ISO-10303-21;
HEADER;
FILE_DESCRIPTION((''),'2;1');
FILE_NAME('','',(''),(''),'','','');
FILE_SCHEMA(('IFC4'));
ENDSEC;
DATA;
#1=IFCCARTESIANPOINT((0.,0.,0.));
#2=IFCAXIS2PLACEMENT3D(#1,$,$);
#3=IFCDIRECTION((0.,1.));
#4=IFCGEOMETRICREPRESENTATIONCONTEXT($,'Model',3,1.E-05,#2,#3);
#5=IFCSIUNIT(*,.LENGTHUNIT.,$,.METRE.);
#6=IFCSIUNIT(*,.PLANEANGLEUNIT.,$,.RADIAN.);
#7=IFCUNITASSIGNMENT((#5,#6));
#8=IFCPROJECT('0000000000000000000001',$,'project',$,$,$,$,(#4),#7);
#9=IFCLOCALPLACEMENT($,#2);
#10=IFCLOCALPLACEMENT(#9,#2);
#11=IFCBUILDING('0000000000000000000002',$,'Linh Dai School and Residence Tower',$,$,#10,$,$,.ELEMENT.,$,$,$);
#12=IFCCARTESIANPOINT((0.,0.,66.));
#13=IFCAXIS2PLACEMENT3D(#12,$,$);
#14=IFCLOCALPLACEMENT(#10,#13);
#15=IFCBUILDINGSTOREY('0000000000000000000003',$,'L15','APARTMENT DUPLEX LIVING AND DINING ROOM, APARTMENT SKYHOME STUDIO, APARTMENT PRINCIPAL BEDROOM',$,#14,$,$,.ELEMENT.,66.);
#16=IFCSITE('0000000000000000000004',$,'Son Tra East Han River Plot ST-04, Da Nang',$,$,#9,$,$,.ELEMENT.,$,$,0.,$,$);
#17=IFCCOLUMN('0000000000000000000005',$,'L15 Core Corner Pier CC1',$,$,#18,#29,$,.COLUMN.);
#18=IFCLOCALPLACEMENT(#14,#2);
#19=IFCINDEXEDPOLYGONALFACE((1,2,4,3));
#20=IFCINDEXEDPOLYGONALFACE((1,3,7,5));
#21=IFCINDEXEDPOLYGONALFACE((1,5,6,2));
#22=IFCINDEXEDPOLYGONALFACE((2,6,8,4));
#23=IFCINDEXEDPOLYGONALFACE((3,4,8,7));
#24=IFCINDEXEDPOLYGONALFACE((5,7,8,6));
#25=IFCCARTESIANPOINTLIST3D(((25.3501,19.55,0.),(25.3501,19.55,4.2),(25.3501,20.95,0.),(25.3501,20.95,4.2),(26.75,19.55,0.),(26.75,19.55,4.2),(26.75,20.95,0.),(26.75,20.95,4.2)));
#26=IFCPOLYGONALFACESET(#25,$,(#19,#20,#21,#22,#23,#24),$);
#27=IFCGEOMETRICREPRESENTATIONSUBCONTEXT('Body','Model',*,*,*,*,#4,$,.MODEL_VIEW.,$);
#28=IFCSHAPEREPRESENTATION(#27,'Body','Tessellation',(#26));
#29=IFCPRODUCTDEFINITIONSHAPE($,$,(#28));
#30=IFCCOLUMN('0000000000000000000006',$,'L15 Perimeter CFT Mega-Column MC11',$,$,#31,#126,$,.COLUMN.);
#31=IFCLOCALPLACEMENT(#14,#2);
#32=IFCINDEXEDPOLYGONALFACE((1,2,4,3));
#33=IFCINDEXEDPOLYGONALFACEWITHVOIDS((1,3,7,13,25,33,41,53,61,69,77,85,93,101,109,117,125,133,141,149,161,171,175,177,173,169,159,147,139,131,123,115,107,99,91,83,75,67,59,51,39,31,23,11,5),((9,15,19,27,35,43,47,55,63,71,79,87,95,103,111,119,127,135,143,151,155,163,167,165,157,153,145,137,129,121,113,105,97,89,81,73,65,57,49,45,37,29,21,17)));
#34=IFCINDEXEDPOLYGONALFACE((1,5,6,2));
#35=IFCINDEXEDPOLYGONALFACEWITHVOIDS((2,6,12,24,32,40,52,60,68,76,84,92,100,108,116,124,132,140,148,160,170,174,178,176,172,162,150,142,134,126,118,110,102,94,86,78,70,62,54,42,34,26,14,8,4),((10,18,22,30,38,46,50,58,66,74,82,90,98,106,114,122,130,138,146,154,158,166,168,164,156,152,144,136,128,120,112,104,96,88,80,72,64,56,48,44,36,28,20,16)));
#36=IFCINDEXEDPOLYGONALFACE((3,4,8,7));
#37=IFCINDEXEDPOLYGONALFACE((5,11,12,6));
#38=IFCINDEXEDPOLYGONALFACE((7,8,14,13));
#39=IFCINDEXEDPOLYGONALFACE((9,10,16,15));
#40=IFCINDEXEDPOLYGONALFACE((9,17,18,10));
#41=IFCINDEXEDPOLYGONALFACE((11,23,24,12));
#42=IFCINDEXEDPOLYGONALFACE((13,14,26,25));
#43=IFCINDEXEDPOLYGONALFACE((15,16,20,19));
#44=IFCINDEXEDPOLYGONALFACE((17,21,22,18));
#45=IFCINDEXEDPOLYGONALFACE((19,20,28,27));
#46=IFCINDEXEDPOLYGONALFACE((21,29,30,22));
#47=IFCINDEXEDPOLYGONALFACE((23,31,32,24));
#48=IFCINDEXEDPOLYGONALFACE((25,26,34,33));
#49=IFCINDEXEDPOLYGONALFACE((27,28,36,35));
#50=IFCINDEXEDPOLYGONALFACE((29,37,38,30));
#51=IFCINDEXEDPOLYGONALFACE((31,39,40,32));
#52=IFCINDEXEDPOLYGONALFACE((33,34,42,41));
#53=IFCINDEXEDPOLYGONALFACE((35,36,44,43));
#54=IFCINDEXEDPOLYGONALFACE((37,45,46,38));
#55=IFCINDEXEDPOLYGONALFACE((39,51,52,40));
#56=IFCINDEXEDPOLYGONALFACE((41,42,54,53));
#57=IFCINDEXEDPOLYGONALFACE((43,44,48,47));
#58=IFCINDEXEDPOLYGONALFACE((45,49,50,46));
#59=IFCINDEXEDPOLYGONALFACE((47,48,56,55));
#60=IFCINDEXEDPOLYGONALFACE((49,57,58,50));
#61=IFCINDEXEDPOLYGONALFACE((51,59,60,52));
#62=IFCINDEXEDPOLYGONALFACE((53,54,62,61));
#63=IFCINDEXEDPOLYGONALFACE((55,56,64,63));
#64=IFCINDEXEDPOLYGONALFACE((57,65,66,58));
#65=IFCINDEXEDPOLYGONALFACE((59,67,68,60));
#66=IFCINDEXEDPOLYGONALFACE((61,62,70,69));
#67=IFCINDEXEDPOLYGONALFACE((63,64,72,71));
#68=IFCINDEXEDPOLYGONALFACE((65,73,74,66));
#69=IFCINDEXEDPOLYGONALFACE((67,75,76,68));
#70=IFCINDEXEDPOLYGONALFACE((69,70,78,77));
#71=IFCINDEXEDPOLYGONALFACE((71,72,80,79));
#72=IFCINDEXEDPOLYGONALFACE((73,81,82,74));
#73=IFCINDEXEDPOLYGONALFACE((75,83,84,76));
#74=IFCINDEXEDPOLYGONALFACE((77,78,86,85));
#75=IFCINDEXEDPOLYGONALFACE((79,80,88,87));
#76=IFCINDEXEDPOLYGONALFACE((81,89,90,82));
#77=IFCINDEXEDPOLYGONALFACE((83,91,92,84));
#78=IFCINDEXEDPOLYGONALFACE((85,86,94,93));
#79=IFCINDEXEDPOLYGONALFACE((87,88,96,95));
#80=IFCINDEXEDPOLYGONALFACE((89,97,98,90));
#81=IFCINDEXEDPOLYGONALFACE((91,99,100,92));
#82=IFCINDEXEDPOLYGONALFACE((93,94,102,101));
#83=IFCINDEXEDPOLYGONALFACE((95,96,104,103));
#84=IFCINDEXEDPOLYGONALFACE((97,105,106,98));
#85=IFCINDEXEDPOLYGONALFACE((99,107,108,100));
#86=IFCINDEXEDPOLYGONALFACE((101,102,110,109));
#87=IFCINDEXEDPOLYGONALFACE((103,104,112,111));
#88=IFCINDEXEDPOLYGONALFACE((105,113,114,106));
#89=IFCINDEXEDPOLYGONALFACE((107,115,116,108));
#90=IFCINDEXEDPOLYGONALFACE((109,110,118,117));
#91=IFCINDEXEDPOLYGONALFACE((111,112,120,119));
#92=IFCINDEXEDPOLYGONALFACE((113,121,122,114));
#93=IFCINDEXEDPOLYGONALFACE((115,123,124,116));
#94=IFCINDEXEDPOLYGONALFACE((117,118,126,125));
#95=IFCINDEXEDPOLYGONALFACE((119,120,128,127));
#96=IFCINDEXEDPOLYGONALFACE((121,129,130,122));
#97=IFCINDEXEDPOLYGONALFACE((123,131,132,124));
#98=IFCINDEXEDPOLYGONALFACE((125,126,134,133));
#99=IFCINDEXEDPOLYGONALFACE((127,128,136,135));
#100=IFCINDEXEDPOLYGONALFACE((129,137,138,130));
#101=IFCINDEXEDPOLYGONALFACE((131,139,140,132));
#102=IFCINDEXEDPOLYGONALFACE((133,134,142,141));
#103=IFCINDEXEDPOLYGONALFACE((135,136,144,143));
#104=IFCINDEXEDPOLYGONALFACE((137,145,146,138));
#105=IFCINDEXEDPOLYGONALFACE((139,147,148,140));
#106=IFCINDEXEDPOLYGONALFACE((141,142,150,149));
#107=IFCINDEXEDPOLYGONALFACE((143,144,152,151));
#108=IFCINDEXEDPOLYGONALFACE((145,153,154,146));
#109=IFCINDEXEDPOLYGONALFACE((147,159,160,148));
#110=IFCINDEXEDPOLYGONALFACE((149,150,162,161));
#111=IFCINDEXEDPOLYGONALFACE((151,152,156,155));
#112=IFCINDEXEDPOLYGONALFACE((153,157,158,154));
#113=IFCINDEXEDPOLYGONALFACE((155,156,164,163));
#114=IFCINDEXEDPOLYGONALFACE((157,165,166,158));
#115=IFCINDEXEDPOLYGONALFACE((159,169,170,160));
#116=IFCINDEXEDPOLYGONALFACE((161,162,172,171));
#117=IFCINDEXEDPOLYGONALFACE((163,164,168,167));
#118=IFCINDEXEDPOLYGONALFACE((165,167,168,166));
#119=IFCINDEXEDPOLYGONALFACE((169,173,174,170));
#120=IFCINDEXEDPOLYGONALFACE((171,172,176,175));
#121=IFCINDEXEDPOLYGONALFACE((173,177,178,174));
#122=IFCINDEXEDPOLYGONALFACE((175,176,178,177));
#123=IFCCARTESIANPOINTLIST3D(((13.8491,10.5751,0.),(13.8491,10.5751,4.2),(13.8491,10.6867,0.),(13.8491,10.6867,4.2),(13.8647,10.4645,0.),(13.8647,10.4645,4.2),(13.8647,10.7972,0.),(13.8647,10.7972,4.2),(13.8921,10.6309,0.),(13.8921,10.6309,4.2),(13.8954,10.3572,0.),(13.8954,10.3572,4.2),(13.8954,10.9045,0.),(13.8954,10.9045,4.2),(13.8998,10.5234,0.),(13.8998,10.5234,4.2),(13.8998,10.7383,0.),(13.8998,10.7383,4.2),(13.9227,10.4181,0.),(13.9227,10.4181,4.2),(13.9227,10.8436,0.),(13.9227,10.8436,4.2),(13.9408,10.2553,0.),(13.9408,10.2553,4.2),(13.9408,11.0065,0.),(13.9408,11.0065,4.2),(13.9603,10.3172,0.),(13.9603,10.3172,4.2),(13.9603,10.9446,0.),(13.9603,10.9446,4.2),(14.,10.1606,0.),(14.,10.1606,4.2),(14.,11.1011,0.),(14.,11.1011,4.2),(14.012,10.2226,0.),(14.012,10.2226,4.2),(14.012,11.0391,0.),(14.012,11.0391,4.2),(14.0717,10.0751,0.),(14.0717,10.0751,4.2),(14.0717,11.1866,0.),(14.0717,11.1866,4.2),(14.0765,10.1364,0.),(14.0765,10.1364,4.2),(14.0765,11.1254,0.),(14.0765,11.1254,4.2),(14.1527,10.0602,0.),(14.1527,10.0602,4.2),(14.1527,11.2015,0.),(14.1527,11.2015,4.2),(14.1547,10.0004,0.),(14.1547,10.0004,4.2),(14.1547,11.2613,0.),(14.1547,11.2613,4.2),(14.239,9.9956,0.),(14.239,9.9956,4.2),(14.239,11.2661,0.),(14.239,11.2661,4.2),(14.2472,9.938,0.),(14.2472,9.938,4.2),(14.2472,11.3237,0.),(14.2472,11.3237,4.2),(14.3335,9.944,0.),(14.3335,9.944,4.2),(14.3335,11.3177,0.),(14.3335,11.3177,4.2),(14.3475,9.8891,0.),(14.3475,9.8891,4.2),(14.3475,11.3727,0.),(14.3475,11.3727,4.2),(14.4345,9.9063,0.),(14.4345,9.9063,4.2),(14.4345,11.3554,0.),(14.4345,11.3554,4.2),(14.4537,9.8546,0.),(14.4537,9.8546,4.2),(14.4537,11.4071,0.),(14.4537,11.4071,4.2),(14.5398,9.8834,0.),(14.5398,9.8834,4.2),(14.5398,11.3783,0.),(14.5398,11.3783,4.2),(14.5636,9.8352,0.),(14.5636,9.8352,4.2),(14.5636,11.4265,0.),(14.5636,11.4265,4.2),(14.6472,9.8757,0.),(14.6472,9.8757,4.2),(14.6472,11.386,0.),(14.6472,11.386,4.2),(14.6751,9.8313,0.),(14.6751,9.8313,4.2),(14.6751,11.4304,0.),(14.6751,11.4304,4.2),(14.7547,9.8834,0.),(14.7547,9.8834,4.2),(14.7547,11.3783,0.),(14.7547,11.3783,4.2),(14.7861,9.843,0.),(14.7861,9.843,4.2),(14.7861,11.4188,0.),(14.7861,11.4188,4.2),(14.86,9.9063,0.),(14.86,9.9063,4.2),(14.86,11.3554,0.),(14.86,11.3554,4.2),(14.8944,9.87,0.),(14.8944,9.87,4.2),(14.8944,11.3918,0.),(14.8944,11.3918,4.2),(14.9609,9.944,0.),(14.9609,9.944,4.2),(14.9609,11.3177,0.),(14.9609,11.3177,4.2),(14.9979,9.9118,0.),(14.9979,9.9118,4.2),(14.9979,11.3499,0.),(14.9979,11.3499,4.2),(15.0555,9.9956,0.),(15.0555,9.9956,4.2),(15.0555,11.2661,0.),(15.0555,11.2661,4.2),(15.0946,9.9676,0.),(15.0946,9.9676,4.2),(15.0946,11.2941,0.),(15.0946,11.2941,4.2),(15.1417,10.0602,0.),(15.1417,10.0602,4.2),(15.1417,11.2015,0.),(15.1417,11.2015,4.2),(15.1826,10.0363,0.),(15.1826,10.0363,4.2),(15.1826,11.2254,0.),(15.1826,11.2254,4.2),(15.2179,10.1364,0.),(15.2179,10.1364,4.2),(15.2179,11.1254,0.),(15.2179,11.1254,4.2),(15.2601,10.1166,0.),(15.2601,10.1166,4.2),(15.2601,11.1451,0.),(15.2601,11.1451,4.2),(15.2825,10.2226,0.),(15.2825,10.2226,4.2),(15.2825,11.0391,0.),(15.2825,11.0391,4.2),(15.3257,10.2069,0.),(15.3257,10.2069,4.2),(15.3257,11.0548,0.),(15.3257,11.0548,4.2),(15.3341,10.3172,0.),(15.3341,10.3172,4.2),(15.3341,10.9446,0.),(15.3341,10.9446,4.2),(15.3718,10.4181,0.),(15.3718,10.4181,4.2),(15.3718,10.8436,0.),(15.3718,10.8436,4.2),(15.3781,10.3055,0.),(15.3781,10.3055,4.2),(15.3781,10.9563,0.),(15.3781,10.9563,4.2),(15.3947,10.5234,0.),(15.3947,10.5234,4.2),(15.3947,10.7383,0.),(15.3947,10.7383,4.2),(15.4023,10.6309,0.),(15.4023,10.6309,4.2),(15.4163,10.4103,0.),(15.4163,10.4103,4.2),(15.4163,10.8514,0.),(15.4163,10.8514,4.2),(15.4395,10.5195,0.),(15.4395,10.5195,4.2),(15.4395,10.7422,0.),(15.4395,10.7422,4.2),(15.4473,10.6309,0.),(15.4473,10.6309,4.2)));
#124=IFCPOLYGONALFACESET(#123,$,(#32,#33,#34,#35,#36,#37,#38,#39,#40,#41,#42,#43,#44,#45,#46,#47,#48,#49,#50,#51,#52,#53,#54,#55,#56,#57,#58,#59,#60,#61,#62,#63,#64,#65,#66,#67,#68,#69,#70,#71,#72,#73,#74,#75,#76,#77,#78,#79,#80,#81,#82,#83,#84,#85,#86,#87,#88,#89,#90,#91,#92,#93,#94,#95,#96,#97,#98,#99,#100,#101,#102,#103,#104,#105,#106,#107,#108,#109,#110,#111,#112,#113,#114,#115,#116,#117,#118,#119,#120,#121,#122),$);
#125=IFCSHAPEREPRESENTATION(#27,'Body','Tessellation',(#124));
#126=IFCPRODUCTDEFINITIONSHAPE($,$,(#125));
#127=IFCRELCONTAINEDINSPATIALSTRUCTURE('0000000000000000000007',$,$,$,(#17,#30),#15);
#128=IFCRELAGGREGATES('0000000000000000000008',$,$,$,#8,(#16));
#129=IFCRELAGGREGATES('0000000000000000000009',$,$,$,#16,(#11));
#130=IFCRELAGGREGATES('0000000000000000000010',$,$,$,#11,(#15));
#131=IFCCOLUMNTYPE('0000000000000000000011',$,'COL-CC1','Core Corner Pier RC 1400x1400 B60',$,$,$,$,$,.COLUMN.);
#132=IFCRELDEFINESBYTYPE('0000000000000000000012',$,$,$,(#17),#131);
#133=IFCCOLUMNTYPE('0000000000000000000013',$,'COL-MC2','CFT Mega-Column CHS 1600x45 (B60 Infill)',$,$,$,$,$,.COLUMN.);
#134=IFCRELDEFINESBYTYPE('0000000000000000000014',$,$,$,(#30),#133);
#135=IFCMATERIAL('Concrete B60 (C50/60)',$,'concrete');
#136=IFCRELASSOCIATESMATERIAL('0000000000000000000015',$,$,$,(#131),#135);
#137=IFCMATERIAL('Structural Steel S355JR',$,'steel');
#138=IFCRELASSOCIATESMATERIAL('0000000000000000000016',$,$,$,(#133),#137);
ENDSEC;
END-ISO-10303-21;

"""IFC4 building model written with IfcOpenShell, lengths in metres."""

from ifc_helpers import new_model, si_unit, direction, frame, origin, origin_2d, place, context, subcontext, project, spatial, rectangle, hollow_circle, extrude, material, material_profile, profile_set, type_object, element, save


model = new_model("IFC4")

# Units and contexts
model_context = context("Model", 3, precision=1e-05, world=origin(), true_north=direction((0.0, 1.0)))
body_context = subcontext(model_context, "Body", "Model", "MODEL_VIEW")
ifc_project = project(units=[si_unit("LENGTHUNIT", "METRE"), si_unit("PLANEANGLEUNIT", "RADIAN")], contexts=[model_context])

# Site, building, storey
site_placement = place(None, origin())
site = spatial("IfcSite", under=ifc_project, at=site_placement, Name="Son Tra East Han River Plot ST-04, Da Nang", CompositionType="ELEMENT", RefElevation=0.0)
building_placement = place(site_placement, origin())
building = spatial("IfcBuilding", under=site, at=building_placement, Name="Linh Dai School and Residence Tower", CompositionType="ELEMENT")
storey_placement = place(building_placement, frame((0.0, 0.0, 66.0)))
storey = spatial("IfcBuildingStorey", under=building, at=storey_placement, Name="L15", Description="APARTMENT DUPLEX LIVING AND DINING ROOM, APARTMENT SKYHOME STUDIO, APARTMENT PRINCIPAL BEDROOM", CompositionType="ELEMENT", Elevation=66.0)

# Columns
ifc_material_1 = material(Name="Concrete B60 (C50/60)", Category="concrete")
ifc_material_profile_1 = material_profile(ifc_material_1, rectangle(XDim=1.3999, YDim=1.3999, at=origin_2d()), Name="RC 1400x1400")
ifc_profile_set_1 = profile_set([ifc_material_profile_1], Name="Concrete B60 (C50/60)")
column_type_1 = type_object("IfcColumnType", Name="COL-CC1", Description="Core Corner Pier RC 1400x1400 B60", PredefinedType="COLUMN", material=ifc_profile_set_1)
column_placement = place(storey_placement, frame((26.05, 20.25, 0.0), z_axis=(0.0, 0.0, 1.0), x_axis=(1.0, 0.0, 0.0)))
element("IfcColumn", 1, at=column_placement, inside=storey, type_object=column_type_1, Name="L15 Core Corner Pier CC1", PredefinedType="COLUMN", context=body_context, shape_type="SweptSolid", body=[
    extrude(rectangle(XDim=1.3999, YDim=1.3999, at=origin_2d()), origin(), (0.0, 0.0, 1.0), 4.2),
])
ifc_material_2 = material(Name="Structural Steel S355JR", Category="steel")
ifc_material_profile_2 = material_profile(ifc_material_2, hollow_circle(Radius=0.8, WallThickness=0.0449, at=origin_2d()), Name="CHS 1600x45")
ifc_profile_set_2 = profile_set([ifc_material_profile_2], Name="Structural Steel S355JR")
column_type_2 = type_object("IfcColumnType", Name="COL-MC2", Description="CFT Mega-Column CHS 1600x45 (B60 Infill)", PredefinedType="COLUMN", material=ifc_profile_set_2)
for number, where, z_axis, x_axis, name in (
    (2, (14.6472, 10.6309, 0.0), (0.0, 0.0, 1.0), (1.0, 0.0, 0.0), "L15 Perimeter CFT Mega-Column MC11"),
):
    element("IfcColumn", number, at=place(storey_placement, frame(where, z_axis=z_axis, x_axis=x_axis)), inside=storey, type_object=column_type_2, Name=name, PredefinedType="COLUMN", context=body_context, shape_type="SweptSolid", body=[
        extrude(hollow_circle(Radius=0.8, WallThickness=0.0449, at=origin_2d()), origin(), (0.0, 0.0, 1.0), 4.2),
    ])

save(model, "model.ifc")
